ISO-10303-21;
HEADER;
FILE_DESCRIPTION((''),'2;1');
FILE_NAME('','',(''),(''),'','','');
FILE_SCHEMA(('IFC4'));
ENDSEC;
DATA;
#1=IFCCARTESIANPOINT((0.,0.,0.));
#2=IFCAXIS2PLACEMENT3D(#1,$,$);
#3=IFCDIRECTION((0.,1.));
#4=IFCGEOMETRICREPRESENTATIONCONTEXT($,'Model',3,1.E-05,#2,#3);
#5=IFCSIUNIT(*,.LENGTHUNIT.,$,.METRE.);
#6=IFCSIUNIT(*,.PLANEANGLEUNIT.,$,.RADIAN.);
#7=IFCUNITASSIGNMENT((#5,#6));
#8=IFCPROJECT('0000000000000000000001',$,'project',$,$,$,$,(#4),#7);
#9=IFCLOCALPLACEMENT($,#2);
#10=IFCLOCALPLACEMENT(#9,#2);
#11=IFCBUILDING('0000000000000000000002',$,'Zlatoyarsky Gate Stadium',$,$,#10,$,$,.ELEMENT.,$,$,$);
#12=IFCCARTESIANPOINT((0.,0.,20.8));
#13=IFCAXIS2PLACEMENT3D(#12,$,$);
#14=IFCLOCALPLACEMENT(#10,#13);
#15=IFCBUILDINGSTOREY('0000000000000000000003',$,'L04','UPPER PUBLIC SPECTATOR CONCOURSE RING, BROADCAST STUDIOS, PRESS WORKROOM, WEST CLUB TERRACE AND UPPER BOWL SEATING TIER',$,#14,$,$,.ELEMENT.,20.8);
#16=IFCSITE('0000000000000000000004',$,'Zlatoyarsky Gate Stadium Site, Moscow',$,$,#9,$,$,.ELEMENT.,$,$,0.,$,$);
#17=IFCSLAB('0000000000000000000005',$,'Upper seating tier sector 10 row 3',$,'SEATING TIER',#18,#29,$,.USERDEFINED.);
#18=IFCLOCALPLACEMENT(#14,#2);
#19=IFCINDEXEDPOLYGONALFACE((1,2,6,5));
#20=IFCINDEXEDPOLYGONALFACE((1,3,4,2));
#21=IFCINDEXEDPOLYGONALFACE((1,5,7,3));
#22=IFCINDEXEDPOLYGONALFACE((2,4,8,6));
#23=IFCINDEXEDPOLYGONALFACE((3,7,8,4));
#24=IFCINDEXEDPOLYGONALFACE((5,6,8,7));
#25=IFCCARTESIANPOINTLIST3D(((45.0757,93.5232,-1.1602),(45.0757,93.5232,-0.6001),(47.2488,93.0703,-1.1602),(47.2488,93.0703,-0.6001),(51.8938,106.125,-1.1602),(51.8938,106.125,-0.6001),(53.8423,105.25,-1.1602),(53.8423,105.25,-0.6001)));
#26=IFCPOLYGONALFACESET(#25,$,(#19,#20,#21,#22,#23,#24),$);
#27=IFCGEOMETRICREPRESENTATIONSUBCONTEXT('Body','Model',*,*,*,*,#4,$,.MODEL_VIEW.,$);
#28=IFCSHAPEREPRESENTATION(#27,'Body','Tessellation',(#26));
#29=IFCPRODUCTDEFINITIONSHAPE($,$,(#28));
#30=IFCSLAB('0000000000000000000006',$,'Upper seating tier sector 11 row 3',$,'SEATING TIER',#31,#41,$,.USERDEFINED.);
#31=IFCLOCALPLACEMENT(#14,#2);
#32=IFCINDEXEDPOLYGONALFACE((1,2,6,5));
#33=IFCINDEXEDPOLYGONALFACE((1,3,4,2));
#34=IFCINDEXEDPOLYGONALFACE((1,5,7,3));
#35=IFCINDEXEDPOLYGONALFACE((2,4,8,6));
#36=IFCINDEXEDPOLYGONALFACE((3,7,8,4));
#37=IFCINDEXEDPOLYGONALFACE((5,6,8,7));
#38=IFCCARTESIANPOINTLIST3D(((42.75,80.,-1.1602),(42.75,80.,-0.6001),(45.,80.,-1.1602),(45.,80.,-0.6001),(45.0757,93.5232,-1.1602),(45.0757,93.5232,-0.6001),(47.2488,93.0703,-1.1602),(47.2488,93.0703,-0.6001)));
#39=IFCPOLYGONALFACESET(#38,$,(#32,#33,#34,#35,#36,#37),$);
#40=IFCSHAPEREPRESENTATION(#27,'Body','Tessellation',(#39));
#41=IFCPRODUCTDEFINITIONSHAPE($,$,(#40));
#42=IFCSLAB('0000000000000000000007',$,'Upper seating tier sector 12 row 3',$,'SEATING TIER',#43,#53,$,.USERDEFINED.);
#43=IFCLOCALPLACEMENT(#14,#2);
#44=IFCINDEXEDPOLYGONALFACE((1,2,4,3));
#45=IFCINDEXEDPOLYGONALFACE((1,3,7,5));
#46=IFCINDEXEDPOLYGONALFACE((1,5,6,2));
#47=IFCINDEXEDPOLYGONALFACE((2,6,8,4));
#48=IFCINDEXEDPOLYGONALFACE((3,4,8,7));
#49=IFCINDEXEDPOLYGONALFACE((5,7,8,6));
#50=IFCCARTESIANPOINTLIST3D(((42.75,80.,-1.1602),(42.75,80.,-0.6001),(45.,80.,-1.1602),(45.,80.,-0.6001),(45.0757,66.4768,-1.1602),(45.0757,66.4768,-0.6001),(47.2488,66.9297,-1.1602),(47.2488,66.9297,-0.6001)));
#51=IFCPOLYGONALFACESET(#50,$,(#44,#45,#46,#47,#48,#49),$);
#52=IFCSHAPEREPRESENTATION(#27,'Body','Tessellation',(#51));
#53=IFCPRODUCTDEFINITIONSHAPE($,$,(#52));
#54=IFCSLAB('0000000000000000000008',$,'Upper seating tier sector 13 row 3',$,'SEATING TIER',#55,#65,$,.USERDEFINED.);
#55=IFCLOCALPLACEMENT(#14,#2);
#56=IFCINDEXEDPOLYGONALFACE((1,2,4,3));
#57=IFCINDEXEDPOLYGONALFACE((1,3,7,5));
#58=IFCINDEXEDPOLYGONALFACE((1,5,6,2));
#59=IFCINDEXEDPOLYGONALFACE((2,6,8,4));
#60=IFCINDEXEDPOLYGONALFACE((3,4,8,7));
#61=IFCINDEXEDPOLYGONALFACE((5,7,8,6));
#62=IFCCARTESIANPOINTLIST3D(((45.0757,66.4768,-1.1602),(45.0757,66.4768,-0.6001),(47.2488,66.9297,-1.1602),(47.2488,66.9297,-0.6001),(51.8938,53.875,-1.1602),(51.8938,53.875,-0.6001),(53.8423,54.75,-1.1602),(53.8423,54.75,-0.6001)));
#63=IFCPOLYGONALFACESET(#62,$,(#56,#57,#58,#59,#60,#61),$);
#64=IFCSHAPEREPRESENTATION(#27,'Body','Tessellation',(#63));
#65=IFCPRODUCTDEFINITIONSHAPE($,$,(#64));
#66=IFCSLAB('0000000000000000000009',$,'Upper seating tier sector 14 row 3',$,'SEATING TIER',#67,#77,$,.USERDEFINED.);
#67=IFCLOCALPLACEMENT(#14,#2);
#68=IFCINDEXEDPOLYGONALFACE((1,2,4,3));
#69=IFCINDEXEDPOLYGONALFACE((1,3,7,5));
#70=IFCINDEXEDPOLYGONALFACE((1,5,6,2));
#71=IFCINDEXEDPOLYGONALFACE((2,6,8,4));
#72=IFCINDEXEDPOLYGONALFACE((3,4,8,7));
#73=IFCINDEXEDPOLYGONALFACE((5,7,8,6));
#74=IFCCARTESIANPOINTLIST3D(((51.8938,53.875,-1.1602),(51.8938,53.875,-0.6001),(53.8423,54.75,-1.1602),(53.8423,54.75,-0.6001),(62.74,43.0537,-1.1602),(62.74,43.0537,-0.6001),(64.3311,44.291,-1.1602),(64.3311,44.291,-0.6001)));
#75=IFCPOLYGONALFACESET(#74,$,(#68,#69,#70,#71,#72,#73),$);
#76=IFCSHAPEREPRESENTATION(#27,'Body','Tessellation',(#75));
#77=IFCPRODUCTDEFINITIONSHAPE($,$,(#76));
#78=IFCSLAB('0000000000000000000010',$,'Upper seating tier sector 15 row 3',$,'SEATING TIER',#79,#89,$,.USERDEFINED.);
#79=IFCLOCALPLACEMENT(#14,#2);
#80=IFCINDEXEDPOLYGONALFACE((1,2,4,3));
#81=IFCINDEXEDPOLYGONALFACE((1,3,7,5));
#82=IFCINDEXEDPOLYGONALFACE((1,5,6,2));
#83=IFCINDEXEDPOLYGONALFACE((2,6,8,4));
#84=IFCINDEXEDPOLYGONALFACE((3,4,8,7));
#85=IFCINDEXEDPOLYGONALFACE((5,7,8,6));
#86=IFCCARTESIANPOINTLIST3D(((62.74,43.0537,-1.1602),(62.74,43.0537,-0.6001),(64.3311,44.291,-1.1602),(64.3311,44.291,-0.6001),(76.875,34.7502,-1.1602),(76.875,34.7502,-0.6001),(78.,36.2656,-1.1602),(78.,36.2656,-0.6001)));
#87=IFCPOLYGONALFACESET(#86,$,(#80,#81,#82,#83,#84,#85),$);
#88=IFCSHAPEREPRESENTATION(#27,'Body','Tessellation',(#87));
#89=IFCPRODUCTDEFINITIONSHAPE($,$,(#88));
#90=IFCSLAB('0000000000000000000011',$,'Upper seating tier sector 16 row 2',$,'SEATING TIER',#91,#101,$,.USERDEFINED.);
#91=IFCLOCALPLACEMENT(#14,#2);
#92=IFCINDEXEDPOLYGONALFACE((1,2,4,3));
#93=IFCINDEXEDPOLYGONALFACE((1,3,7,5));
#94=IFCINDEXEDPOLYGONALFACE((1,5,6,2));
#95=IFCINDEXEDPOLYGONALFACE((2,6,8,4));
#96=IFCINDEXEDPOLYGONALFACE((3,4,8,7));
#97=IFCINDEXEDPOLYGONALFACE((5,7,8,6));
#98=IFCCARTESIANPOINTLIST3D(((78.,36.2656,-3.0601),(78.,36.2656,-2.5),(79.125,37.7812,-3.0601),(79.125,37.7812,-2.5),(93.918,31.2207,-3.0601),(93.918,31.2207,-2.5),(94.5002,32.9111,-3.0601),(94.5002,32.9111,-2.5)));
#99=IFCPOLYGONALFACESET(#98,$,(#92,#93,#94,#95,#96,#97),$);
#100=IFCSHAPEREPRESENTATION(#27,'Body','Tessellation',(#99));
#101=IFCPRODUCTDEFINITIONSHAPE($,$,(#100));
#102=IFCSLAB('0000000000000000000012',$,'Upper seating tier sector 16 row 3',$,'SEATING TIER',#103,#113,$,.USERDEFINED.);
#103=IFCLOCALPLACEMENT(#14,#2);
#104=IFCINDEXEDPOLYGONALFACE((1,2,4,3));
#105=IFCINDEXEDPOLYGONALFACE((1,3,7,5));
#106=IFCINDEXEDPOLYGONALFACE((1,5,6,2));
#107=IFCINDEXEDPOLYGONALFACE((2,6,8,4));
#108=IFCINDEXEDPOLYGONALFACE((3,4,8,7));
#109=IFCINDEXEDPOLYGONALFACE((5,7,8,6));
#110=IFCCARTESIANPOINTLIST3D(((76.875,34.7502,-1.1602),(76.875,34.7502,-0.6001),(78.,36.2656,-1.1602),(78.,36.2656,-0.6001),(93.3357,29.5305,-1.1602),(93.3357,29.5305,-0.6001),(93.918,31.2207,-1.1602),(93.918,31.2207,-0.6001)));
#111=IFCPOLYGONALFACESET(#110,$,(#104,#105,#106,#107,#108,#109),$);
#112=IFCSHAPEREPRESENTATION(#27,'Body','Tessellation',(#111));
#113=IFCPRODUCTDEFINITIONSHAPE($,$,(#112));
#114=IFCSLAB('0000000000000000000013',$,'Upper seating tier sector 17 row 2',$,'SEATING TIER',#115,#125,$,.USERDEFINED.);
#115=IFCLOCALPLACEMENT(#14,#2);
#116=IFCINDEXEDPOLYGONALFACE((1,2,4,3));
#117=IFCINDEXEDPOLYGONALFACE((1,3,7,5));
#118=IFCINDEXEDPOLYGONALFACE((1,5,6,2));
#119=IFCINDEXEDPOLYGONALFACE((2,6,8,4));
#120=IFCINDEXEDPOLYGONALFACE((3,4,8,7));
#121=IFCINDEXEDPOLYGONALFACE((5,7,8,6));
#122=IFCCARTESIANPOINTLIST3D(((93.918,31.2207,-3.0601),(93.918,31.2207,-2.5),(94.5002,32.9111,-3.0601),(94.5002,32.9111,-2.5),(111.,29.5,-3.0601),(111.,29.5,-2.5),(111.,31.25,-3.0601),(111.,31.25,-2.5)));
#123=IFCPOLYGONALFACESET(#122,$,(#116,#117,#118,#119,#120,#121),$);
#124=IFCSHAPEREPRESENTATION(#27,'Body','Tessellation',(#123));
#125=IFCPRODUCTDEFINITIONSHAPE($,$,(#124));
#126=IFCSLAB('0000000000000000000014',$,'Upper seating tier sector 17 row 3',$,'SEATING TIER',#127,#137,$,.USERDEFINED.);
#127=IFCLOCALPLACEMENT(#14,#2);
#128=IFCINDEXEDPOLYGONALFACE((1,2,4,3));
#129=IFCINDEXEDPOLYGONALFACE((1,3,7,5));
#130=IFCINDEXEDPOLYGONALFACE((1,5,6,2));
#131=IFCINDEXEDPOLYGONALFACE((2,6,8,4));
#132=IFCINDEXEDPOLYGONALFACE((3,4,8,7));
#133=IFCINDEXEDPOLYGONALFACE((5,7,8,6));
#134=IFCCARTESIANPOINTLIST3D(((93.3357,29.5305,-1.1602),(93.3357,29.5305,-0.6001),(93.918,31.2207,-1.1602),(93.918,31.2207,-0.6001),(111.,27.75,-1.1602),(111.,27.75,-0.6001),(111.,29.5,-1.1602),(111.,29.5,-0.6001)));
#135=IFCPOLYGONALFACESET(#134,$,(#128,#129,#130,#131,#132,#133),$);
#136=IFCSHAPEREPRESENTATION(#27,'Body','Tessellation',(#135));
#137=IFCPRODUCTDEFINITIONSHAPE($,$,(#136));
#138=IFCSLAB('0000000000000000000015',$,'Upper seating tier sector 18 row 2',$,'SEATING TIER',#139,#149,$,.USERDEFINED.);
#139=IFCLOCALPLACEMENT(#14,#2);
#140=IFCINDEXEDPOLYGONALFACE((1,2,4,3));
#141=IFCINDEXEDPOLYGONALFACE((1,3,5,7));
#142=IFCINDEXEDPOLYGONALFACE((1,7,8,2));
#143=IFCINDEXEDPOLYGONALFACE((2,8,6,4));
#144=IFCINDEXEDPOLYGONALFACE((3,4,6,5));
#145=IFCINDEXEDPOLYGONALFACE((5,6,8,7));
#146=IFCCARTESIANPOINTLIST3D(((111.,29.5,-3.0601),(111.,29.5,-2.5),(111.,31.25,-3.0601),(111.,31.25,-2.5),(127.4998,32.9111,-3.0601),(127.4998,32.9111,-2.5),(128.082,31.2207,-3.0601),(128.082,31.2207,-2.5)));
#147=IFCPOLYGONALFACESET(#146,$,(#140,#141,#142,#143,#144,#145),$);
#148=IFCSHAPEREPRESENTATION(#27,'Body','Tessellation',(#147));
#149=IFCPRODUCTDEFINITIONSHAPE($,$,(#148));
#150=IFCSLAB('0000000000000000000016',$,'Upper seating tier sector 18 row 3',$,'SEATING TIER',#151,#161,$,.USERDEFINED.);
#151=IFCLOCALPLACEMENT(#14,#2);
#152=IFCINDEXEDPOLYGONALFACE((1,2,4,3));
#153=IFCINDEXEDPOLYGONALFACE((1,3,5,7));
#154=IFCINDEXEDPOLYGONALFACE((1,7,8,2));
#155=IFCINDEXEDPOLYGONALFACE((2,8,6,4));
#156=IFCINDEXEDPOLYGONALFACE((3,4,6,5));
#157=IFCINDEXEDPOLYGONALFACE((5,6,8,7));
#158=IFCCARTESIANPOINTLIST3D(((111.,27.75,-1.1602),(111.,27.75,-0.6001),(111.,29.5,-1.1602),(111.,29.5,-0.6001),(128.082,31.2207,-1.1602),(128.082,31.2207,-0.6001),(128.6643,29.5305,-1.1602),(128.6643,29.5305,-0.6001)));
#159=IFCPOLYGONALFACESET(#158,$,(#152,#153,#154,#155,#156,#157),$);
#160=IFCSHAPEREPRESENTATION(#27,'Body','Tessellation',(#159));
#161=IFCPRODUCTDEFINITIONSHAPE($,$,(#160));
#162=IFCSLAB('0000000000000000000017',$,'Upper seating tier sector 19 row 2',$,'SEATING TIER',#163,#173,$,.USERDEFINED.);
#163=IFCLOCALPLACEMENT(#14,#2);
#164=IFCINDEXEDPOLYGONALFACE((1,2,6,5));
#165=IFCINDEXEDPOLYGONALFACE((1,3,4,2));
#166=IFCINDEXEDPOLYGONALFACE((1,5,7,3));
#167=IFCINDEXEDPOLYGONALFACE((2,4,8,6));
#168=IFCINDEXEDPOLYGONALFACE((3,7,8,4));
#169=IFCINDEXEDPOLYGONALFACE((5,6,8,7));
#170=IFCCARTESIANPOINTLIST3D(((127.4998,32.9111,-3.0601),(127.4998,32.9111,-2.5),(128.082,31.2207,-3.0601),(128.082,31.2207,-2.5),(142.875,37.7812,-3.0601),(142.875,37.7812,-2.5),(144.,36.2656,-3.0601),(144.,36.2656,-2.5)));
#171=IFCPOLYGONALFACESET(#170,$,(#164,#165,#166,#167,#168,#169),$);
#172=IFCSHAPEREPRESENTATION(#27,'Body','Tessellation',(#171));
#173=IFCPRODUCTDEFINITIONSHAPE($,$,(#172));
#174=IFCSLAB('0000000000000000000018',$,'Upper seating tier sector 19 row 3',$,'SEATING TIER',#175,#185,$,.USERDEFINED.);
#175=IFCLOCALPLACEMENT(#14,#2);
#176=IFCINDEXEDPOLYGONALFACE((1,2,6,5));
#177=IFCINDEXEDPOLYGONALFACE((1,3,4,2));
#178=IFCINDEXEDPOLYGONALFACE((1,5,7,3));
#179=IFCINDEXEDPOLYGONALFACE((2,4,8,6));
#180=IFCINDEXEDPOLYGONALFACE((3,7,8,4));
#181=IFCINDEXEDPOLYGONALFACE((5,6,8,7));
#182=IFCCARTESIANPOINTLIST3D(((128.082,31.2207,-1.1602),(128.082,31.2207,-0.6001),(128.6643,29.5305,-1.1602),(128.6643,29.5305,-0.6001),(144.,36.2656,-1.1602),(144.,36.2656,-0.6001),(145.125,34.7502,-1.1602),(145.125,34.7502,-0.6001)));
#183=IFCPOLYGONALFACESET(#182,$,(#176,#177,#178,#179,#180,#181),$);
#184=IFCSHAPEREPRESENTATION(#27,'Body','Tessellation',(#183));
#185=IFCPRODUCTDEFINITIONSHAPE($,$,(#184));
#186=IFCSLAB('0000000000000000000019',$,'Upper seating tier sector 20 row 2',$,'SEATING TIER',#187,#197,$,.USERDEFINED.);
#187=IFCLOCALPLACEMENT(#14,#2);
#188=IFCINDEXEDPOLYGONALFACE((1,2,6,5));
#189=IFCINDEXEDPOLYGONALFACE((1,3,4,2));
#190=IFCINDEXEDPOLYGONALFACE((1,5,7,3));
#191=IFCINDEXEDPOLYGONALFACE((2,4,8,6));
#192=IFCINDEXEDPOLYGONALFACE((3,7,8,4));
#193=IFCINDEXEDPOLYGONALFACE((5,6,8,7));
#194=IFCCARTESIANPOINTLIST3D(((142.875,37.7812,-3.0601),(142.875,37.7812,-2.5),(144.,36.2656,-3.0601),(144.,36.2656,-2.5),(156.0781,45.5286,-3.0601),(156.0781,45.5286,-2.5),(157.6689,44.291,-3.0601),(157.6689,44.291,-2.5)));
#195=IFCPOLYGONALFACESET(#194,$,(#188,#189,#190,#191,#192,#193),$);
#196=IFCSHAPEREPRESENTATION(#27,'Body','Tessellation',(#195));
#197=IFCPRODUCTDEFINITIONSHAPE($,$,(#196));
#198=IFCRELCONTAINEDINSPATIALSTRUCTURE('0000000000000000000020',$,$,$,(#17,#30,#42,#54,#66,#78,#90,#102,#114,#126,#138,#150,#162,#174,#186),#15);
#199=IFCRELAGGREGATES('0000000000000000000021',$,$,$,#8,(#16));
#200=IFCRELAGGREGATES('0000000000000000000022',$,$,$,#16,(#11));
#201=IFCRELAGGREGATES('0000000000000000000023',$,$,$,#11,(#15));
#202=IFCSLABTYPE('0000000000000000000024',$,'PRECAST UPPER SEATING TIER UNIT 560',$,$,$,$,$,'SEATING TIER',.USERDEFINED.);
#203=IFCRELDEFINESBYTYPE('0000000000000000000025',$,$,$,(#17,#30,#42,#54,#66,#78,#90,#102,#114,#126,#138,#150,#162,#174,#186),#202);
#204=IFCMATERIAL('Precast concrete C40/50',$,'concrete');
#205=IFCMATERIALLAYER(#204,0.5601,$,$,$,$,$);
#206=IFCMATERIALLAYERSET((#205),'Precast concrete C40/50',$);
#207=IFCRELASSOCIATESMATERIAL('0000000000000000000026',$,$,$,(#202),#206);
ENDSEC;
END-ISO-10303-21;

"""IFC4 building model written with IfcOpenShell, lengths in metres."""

from ifc_helpers import new_model, si_unit, direction, frame, origin, place, context, subcontext, project, spatial, polyline, outline, extrude, material, layer, layer_set, type_object, element, save


model = new_model("IFC4")

# Units and contexts
model_context = context("Model", 3, precision=1e-05, world=origin(), true_north=direction((0.0, 1.0)))
body_context = subcontext(model_context, "Body", "Model", "MODEL_VIEW")
ifc_project = project(units=[si_unit("LENGTHUNIT", "METRE"), si_unit("PLANEANGLEUNIT", "RADIAN")], contexts=[model_context])

# Site, building, storey
site_placement = place(None, origin())
site = spatial("IfcSite", under=ifc_project, at=site_placement, Name="Zlatoyarsky Gate Stadium Site, Moscow", CompositionType="ELEMENT", RefElevation=0.0)
building_placement = place(site_placement, origin())
building = spatial("IfcBuilding", under=site, at=building_placement, Name="Zlatoyarsky Gate Stadium", CompositionType="ELEMENT")
storey_placement = place(building_placement, frame((0.0, 0.0, 20.8)))
storey = spatial("IfcBuildingStorey", under=building, at=storey_placement, Name="L04", Description="UPPER PUBLIC SPECTATOR CONCOURSE RING, BROADCAST STUDIOS, PRESS WORKROOM, WEST CLUB TERRACE AND UPPER BOWL SEATING TIER", CompositionType="ELEMENT", Elevation=20.8)

# Slabs
ifc_material_1 = material(Name="Precast concrete C40/50", Category="concrete")
ifc_layer_1 = layer(ifc_material_1, 0.5601)
ifc_layer_set_1 = layer_set([ifc_layer_1], Name="Precast concrete C40/50")
slab_type_1 = type_object("IfcSlabType", Name="PRECAST UPPER SEATING TIER UNIT 560", ElementType="SEATING TIER", PredefinedType="USERDEFINED", material=ifc_layer_set_1)
slab_1_placement = place(storey_placement, frame((0.0, 0.0, -1.1602)))
element("IfcSlab", 1, at=slab_1_placement, inside=storey, type_object=slab_type_1, Name="Upper seating tier sector 10 row 3", ObjectType="SEATING TIER", PredefinedType="USERDEFINED", context=body_context, shape_type="SweptSolid", body=[
    extrude(outline(polyline([(53.8423, 105.25), (51.8938, 106.125), (45.0757, 93.5232), (47.2488, 93.0703), (53.8423, 105.25)])), origin(), (0.0, 0.0, 1.0), 0.5601),
])
slab_2_placement = place(storey_placement, frame((0.0, 0.0, -1.1602)))
element("IfcSlab", 2, at=slab_2_placement, inside=storey, type_object=slab_type_1, Name="Upper seating tier sector 11 row 3", ObjectType="SEATING TIER", PredefinedType="USERDEFINED", context=body_context, shape_type="SweptSolid", body=[
    extrude(outline(polyline([(47.2488, 93.0703), (45.0757, 93.5232), (42.75, 80.0), (45.0, 80.0), (47.2488, 93.0703)])), origin(), (0.0, 0.0, 1.0), 0.5601),
])
slab_3_placement = place(storey_placement, frame((0.0, 0.0, -1.1602)))
element("IfcSlab", 3, at=slab_3_placement, inside=storey, type_object=slab_type_1, Name="Upper seating tier sector 12 row 3", ObjectType="SEATING TIER", PredefinedType="USERDEFINED", context=body_context, shape_type="SweptSolid", body=[
    extrude(outline(polyline([(45.0, 80.0), (42.75, 80.0), (45.0757, 66.4768), (47.2488, 66.9297), (45.0, 80.0)])), origin(), (0.0, 0.0, 1.0), 0.5601),
])
slab_4_placement = place(storey_placement, frame((0.0, 0.0, -1.1602)))
element("IfcSlab", 4, at=slab_4_placement, inside=storey, type_object=slab_type_1, Name="Upper seating tier sector 13 row 3", ObjectType="SEATING TIER", PredefinedType="USERDEFINED", context=body_context, shape_type="SweptSolid", body=[
    extrude(outline(polyline([(47.2488, 66.9297), (45.0757, 66.4768), (51.8938, 53.875), (53.8423, 54.75), (47.2488, 66.9297)])), origin(), (0.0, 0.0, 1.0), 0.5601),
])
slab_5_placement = place(storey_placement, frame((0.0, 0.0, -1.1602)))
element("IfcSlab", 5, at=slab_5_placement, inside=storey, type_object=slab_type_1, Name="Upper seating tier sector 14 row 3", ObjectType="SEATING TIER", PredefinedType="USERDEFINED", context=body_context, shape_type="SweptSolid", body=[
    extrude(outline(polyline([(53.8423, 54.75), (51.8938, 53.875), (62.74, 43.0537), (64.3311, 44.291), (53.8423, 54.75)])), origin(), (0.0, 0.0, 1.0), 0.5601),
])
slab_6_placement = place(storey_placement, frame((0.0, 0.0, -1.1602)))
element("IfcSlab", 6, at=slab_6_placement, inside=storey, type_object=slab_type_1, Name="Upper seating tier sector 15 row 3", ObjectType="SEATING TIER", PredefinedType="USERDEFINED", context=body_context, shape_type="SweptSolid", body=[
    extrude(outline(polyline([(64.3311, 44.291), (62.74, 43.0537), (76.875, 34.7502), (78.0, 36.2656), (64.3311, 44.291)])), origin(), (0.0, 0.0, 1.0), 0.5601),
])
slab_7_placement = place(storey_placement, frame((0.0, 0.0, -3.0601)))
element("IfcSlab", 7, at=slab_7_placement, inside=storey, type_object=slab_type_1, Name="Upper seating tier sector 16 row 2", ObjectType="SEATING TIER", PredefinedType="USERDEFINED", context=body_context, shape_type="SweptSolid", body=[
    extrude(outline(polyline([(79.125, 37.7812), (78.0, 36.2656), (93.918, 31.2207), (94.5002, 32.9111), (79.125, 37.7812)])), origin(), (0.0, 0.0, 1.0), 0.5601),
])
slab_8_placement = place(storey_placement, frame((0.0, 0.0, -1.1602)))
element("IfcSlab", 8, at=slab_8_placement, inside=storey, type_object=slab_type_1, Name="Upper seating tier sector 16 row 3", ObjectType="SEATING TIER", PredefinedType="USERDEFINED", context=body_context, shape_type="SweptSolid", body=[
    extrude(outline(polyline([(78.0, 36.2656), (76.875, 34.7502), (93.3357, 29.5305), (93.918, 31.2207), (78.0, 36.2656)])), origin(), (0.0, 0.0, 1.0), 0.5601),
])
slab_9_placement = place(storey_placement, frame((0.0, 0.0, -3.0601)))
element("IfcSlab", 9, at=slab_9_placement, inside=storey, type_object=slab_type_1, Name="Upper seating tier sector 17 row 2", ObjectType="SEATING TIER", PredefinedType="USERDEFINED", context=body_context, shape_type="SweptSolid", body=[
    extrude(outline(polyline([(94.5002, 32.9111), (93.918, 31.2207), (111.0, 29.5), (111.0, 31.25), (94.5002, 32.9111)])), origin(), (0.0, 0.0, 1.0), 0.5601),
])
slab_10_placement = place(storey_placement, frame((0.0, 0.0, -1.1602)))
element("IfcSlab", 10, at=slab_10_placement, inside=storey, type_object=slab_type_1, Name="Upper seating tier sector 17 row 3", ObjectType="SEATING TIER", PredefinedType="USERDEFINED", context=body_context, shape_type="SweptSolid", body=[
    extrude(outline(polyline([(93.918, 31.2207), (93.3357, 29.5305), (111.0, 27.75), (111.0, 29.5), (93.918, 31.2207)])), origin(), (0.0, 0.0, 1.0), 0.5601),
])
slab_11_placement = place(storey_placement, frame((0.0, 0.0, -3.0601)))
element("IfcSlab", 11, at=slab_11_placement, inside=storey, type_object=slab_type_1, Name="Upper seating tier sector 18 row 2", ObjectType="SEATING TIER", PredefinedType="USERDEFINED", context=body_context, shape_type="SweptSolid", body=[
    extrude(outline(polyline([(111.0, 31.25), (111.0, 29.5), (128.082, 31.2207), (127.4998, 32.9111), (111.0, 31.25)])), origin(), (0.0, 0.0, 1.0), 0.5601),
])
slab_12_placement = place(storey_placement, frame((0.0, 0.0, -1.1602)))
element("IfcSlab", 12, at=slab_12_placement, inside=storey, type_object=slab_type_1, Name="Upper seating tier sector 18 row 3", ObjectType="SEATING TIER", PredefinedType="USERDEFINED", context=body_context, shape_type="SweptSolid", body=[
    extrude(outline(polyline([(111.0, 29.5), (111.0, 27.75), (128.6643, 29.5305), (128.082, 31.2207), (111.0, 29.5)])), origin(), (0.0, 0.0, 1.0), 0.5601),
])
slab_13_placement = place(storey_placement, frame((0.0, 0.0, -3.0601)))
element("IfcSlab", 13, at=slab_13_placement, inside=storey, type_object=slab_type_1, Name="Upper seating tier sector 19 row 2", ObjectType="SEATING TIER", PredefinedType="USERDEFINED", context=body_context, shape_type="SweptSolid", body=[
    extrude(outline(polyline([(127.4998, 32.9111), (128.082, 31.2207), (144.0, 36.2656), (142.875, 37.7812), (127.4998, 32.9111)])), origin(), (0.0, 0.0, 1.0), 0.5601),
])
slab_14_placement = place(storey_placement, frame((0.0, 0.0, -1.1602)))
element("IfcSlab", 14, at=slab_14_placement, inside=storey, type_object=slab_type_1, Name="Upper seating tier sector 19 row 3", ObjectType="SEATING TIER", PredefinedType="USERDEFINED", context=body_context, shape_type="SweptSolid", body=[
    extrude(outline(polyline([(128.082, 31.2207), (128.6643, 29.5305), (145.125, 34.7502), (144.0, 36.2656), (128.082, 31.2207)])), origin(), (0.0, 0.0, 1.0), 0.5601),
])
slab_15_placement = place(storey_placement, frame((0.0, 0.0, -3.0601)))
element("IfcSlab", 15, at=slab_15_placement, inside=storey, type_object=slab_type_1, Name="Upper seating tier sector 20 row 2", ObjectType="SEATING TIER", PredefinedType="USERDEFINED", context=body_context, shape_type="SweptSolid", body=[
    extrude(outline(polyline([(142.875, 37.7812), (144.0, 36.2656), (157.6689, 44.291), (156.0781, 45.5286), (142.875, 37.7812)])), origin(), (0.0, 0.0, 1.0), 0.5601),
])

save(model, "model.ifc")
